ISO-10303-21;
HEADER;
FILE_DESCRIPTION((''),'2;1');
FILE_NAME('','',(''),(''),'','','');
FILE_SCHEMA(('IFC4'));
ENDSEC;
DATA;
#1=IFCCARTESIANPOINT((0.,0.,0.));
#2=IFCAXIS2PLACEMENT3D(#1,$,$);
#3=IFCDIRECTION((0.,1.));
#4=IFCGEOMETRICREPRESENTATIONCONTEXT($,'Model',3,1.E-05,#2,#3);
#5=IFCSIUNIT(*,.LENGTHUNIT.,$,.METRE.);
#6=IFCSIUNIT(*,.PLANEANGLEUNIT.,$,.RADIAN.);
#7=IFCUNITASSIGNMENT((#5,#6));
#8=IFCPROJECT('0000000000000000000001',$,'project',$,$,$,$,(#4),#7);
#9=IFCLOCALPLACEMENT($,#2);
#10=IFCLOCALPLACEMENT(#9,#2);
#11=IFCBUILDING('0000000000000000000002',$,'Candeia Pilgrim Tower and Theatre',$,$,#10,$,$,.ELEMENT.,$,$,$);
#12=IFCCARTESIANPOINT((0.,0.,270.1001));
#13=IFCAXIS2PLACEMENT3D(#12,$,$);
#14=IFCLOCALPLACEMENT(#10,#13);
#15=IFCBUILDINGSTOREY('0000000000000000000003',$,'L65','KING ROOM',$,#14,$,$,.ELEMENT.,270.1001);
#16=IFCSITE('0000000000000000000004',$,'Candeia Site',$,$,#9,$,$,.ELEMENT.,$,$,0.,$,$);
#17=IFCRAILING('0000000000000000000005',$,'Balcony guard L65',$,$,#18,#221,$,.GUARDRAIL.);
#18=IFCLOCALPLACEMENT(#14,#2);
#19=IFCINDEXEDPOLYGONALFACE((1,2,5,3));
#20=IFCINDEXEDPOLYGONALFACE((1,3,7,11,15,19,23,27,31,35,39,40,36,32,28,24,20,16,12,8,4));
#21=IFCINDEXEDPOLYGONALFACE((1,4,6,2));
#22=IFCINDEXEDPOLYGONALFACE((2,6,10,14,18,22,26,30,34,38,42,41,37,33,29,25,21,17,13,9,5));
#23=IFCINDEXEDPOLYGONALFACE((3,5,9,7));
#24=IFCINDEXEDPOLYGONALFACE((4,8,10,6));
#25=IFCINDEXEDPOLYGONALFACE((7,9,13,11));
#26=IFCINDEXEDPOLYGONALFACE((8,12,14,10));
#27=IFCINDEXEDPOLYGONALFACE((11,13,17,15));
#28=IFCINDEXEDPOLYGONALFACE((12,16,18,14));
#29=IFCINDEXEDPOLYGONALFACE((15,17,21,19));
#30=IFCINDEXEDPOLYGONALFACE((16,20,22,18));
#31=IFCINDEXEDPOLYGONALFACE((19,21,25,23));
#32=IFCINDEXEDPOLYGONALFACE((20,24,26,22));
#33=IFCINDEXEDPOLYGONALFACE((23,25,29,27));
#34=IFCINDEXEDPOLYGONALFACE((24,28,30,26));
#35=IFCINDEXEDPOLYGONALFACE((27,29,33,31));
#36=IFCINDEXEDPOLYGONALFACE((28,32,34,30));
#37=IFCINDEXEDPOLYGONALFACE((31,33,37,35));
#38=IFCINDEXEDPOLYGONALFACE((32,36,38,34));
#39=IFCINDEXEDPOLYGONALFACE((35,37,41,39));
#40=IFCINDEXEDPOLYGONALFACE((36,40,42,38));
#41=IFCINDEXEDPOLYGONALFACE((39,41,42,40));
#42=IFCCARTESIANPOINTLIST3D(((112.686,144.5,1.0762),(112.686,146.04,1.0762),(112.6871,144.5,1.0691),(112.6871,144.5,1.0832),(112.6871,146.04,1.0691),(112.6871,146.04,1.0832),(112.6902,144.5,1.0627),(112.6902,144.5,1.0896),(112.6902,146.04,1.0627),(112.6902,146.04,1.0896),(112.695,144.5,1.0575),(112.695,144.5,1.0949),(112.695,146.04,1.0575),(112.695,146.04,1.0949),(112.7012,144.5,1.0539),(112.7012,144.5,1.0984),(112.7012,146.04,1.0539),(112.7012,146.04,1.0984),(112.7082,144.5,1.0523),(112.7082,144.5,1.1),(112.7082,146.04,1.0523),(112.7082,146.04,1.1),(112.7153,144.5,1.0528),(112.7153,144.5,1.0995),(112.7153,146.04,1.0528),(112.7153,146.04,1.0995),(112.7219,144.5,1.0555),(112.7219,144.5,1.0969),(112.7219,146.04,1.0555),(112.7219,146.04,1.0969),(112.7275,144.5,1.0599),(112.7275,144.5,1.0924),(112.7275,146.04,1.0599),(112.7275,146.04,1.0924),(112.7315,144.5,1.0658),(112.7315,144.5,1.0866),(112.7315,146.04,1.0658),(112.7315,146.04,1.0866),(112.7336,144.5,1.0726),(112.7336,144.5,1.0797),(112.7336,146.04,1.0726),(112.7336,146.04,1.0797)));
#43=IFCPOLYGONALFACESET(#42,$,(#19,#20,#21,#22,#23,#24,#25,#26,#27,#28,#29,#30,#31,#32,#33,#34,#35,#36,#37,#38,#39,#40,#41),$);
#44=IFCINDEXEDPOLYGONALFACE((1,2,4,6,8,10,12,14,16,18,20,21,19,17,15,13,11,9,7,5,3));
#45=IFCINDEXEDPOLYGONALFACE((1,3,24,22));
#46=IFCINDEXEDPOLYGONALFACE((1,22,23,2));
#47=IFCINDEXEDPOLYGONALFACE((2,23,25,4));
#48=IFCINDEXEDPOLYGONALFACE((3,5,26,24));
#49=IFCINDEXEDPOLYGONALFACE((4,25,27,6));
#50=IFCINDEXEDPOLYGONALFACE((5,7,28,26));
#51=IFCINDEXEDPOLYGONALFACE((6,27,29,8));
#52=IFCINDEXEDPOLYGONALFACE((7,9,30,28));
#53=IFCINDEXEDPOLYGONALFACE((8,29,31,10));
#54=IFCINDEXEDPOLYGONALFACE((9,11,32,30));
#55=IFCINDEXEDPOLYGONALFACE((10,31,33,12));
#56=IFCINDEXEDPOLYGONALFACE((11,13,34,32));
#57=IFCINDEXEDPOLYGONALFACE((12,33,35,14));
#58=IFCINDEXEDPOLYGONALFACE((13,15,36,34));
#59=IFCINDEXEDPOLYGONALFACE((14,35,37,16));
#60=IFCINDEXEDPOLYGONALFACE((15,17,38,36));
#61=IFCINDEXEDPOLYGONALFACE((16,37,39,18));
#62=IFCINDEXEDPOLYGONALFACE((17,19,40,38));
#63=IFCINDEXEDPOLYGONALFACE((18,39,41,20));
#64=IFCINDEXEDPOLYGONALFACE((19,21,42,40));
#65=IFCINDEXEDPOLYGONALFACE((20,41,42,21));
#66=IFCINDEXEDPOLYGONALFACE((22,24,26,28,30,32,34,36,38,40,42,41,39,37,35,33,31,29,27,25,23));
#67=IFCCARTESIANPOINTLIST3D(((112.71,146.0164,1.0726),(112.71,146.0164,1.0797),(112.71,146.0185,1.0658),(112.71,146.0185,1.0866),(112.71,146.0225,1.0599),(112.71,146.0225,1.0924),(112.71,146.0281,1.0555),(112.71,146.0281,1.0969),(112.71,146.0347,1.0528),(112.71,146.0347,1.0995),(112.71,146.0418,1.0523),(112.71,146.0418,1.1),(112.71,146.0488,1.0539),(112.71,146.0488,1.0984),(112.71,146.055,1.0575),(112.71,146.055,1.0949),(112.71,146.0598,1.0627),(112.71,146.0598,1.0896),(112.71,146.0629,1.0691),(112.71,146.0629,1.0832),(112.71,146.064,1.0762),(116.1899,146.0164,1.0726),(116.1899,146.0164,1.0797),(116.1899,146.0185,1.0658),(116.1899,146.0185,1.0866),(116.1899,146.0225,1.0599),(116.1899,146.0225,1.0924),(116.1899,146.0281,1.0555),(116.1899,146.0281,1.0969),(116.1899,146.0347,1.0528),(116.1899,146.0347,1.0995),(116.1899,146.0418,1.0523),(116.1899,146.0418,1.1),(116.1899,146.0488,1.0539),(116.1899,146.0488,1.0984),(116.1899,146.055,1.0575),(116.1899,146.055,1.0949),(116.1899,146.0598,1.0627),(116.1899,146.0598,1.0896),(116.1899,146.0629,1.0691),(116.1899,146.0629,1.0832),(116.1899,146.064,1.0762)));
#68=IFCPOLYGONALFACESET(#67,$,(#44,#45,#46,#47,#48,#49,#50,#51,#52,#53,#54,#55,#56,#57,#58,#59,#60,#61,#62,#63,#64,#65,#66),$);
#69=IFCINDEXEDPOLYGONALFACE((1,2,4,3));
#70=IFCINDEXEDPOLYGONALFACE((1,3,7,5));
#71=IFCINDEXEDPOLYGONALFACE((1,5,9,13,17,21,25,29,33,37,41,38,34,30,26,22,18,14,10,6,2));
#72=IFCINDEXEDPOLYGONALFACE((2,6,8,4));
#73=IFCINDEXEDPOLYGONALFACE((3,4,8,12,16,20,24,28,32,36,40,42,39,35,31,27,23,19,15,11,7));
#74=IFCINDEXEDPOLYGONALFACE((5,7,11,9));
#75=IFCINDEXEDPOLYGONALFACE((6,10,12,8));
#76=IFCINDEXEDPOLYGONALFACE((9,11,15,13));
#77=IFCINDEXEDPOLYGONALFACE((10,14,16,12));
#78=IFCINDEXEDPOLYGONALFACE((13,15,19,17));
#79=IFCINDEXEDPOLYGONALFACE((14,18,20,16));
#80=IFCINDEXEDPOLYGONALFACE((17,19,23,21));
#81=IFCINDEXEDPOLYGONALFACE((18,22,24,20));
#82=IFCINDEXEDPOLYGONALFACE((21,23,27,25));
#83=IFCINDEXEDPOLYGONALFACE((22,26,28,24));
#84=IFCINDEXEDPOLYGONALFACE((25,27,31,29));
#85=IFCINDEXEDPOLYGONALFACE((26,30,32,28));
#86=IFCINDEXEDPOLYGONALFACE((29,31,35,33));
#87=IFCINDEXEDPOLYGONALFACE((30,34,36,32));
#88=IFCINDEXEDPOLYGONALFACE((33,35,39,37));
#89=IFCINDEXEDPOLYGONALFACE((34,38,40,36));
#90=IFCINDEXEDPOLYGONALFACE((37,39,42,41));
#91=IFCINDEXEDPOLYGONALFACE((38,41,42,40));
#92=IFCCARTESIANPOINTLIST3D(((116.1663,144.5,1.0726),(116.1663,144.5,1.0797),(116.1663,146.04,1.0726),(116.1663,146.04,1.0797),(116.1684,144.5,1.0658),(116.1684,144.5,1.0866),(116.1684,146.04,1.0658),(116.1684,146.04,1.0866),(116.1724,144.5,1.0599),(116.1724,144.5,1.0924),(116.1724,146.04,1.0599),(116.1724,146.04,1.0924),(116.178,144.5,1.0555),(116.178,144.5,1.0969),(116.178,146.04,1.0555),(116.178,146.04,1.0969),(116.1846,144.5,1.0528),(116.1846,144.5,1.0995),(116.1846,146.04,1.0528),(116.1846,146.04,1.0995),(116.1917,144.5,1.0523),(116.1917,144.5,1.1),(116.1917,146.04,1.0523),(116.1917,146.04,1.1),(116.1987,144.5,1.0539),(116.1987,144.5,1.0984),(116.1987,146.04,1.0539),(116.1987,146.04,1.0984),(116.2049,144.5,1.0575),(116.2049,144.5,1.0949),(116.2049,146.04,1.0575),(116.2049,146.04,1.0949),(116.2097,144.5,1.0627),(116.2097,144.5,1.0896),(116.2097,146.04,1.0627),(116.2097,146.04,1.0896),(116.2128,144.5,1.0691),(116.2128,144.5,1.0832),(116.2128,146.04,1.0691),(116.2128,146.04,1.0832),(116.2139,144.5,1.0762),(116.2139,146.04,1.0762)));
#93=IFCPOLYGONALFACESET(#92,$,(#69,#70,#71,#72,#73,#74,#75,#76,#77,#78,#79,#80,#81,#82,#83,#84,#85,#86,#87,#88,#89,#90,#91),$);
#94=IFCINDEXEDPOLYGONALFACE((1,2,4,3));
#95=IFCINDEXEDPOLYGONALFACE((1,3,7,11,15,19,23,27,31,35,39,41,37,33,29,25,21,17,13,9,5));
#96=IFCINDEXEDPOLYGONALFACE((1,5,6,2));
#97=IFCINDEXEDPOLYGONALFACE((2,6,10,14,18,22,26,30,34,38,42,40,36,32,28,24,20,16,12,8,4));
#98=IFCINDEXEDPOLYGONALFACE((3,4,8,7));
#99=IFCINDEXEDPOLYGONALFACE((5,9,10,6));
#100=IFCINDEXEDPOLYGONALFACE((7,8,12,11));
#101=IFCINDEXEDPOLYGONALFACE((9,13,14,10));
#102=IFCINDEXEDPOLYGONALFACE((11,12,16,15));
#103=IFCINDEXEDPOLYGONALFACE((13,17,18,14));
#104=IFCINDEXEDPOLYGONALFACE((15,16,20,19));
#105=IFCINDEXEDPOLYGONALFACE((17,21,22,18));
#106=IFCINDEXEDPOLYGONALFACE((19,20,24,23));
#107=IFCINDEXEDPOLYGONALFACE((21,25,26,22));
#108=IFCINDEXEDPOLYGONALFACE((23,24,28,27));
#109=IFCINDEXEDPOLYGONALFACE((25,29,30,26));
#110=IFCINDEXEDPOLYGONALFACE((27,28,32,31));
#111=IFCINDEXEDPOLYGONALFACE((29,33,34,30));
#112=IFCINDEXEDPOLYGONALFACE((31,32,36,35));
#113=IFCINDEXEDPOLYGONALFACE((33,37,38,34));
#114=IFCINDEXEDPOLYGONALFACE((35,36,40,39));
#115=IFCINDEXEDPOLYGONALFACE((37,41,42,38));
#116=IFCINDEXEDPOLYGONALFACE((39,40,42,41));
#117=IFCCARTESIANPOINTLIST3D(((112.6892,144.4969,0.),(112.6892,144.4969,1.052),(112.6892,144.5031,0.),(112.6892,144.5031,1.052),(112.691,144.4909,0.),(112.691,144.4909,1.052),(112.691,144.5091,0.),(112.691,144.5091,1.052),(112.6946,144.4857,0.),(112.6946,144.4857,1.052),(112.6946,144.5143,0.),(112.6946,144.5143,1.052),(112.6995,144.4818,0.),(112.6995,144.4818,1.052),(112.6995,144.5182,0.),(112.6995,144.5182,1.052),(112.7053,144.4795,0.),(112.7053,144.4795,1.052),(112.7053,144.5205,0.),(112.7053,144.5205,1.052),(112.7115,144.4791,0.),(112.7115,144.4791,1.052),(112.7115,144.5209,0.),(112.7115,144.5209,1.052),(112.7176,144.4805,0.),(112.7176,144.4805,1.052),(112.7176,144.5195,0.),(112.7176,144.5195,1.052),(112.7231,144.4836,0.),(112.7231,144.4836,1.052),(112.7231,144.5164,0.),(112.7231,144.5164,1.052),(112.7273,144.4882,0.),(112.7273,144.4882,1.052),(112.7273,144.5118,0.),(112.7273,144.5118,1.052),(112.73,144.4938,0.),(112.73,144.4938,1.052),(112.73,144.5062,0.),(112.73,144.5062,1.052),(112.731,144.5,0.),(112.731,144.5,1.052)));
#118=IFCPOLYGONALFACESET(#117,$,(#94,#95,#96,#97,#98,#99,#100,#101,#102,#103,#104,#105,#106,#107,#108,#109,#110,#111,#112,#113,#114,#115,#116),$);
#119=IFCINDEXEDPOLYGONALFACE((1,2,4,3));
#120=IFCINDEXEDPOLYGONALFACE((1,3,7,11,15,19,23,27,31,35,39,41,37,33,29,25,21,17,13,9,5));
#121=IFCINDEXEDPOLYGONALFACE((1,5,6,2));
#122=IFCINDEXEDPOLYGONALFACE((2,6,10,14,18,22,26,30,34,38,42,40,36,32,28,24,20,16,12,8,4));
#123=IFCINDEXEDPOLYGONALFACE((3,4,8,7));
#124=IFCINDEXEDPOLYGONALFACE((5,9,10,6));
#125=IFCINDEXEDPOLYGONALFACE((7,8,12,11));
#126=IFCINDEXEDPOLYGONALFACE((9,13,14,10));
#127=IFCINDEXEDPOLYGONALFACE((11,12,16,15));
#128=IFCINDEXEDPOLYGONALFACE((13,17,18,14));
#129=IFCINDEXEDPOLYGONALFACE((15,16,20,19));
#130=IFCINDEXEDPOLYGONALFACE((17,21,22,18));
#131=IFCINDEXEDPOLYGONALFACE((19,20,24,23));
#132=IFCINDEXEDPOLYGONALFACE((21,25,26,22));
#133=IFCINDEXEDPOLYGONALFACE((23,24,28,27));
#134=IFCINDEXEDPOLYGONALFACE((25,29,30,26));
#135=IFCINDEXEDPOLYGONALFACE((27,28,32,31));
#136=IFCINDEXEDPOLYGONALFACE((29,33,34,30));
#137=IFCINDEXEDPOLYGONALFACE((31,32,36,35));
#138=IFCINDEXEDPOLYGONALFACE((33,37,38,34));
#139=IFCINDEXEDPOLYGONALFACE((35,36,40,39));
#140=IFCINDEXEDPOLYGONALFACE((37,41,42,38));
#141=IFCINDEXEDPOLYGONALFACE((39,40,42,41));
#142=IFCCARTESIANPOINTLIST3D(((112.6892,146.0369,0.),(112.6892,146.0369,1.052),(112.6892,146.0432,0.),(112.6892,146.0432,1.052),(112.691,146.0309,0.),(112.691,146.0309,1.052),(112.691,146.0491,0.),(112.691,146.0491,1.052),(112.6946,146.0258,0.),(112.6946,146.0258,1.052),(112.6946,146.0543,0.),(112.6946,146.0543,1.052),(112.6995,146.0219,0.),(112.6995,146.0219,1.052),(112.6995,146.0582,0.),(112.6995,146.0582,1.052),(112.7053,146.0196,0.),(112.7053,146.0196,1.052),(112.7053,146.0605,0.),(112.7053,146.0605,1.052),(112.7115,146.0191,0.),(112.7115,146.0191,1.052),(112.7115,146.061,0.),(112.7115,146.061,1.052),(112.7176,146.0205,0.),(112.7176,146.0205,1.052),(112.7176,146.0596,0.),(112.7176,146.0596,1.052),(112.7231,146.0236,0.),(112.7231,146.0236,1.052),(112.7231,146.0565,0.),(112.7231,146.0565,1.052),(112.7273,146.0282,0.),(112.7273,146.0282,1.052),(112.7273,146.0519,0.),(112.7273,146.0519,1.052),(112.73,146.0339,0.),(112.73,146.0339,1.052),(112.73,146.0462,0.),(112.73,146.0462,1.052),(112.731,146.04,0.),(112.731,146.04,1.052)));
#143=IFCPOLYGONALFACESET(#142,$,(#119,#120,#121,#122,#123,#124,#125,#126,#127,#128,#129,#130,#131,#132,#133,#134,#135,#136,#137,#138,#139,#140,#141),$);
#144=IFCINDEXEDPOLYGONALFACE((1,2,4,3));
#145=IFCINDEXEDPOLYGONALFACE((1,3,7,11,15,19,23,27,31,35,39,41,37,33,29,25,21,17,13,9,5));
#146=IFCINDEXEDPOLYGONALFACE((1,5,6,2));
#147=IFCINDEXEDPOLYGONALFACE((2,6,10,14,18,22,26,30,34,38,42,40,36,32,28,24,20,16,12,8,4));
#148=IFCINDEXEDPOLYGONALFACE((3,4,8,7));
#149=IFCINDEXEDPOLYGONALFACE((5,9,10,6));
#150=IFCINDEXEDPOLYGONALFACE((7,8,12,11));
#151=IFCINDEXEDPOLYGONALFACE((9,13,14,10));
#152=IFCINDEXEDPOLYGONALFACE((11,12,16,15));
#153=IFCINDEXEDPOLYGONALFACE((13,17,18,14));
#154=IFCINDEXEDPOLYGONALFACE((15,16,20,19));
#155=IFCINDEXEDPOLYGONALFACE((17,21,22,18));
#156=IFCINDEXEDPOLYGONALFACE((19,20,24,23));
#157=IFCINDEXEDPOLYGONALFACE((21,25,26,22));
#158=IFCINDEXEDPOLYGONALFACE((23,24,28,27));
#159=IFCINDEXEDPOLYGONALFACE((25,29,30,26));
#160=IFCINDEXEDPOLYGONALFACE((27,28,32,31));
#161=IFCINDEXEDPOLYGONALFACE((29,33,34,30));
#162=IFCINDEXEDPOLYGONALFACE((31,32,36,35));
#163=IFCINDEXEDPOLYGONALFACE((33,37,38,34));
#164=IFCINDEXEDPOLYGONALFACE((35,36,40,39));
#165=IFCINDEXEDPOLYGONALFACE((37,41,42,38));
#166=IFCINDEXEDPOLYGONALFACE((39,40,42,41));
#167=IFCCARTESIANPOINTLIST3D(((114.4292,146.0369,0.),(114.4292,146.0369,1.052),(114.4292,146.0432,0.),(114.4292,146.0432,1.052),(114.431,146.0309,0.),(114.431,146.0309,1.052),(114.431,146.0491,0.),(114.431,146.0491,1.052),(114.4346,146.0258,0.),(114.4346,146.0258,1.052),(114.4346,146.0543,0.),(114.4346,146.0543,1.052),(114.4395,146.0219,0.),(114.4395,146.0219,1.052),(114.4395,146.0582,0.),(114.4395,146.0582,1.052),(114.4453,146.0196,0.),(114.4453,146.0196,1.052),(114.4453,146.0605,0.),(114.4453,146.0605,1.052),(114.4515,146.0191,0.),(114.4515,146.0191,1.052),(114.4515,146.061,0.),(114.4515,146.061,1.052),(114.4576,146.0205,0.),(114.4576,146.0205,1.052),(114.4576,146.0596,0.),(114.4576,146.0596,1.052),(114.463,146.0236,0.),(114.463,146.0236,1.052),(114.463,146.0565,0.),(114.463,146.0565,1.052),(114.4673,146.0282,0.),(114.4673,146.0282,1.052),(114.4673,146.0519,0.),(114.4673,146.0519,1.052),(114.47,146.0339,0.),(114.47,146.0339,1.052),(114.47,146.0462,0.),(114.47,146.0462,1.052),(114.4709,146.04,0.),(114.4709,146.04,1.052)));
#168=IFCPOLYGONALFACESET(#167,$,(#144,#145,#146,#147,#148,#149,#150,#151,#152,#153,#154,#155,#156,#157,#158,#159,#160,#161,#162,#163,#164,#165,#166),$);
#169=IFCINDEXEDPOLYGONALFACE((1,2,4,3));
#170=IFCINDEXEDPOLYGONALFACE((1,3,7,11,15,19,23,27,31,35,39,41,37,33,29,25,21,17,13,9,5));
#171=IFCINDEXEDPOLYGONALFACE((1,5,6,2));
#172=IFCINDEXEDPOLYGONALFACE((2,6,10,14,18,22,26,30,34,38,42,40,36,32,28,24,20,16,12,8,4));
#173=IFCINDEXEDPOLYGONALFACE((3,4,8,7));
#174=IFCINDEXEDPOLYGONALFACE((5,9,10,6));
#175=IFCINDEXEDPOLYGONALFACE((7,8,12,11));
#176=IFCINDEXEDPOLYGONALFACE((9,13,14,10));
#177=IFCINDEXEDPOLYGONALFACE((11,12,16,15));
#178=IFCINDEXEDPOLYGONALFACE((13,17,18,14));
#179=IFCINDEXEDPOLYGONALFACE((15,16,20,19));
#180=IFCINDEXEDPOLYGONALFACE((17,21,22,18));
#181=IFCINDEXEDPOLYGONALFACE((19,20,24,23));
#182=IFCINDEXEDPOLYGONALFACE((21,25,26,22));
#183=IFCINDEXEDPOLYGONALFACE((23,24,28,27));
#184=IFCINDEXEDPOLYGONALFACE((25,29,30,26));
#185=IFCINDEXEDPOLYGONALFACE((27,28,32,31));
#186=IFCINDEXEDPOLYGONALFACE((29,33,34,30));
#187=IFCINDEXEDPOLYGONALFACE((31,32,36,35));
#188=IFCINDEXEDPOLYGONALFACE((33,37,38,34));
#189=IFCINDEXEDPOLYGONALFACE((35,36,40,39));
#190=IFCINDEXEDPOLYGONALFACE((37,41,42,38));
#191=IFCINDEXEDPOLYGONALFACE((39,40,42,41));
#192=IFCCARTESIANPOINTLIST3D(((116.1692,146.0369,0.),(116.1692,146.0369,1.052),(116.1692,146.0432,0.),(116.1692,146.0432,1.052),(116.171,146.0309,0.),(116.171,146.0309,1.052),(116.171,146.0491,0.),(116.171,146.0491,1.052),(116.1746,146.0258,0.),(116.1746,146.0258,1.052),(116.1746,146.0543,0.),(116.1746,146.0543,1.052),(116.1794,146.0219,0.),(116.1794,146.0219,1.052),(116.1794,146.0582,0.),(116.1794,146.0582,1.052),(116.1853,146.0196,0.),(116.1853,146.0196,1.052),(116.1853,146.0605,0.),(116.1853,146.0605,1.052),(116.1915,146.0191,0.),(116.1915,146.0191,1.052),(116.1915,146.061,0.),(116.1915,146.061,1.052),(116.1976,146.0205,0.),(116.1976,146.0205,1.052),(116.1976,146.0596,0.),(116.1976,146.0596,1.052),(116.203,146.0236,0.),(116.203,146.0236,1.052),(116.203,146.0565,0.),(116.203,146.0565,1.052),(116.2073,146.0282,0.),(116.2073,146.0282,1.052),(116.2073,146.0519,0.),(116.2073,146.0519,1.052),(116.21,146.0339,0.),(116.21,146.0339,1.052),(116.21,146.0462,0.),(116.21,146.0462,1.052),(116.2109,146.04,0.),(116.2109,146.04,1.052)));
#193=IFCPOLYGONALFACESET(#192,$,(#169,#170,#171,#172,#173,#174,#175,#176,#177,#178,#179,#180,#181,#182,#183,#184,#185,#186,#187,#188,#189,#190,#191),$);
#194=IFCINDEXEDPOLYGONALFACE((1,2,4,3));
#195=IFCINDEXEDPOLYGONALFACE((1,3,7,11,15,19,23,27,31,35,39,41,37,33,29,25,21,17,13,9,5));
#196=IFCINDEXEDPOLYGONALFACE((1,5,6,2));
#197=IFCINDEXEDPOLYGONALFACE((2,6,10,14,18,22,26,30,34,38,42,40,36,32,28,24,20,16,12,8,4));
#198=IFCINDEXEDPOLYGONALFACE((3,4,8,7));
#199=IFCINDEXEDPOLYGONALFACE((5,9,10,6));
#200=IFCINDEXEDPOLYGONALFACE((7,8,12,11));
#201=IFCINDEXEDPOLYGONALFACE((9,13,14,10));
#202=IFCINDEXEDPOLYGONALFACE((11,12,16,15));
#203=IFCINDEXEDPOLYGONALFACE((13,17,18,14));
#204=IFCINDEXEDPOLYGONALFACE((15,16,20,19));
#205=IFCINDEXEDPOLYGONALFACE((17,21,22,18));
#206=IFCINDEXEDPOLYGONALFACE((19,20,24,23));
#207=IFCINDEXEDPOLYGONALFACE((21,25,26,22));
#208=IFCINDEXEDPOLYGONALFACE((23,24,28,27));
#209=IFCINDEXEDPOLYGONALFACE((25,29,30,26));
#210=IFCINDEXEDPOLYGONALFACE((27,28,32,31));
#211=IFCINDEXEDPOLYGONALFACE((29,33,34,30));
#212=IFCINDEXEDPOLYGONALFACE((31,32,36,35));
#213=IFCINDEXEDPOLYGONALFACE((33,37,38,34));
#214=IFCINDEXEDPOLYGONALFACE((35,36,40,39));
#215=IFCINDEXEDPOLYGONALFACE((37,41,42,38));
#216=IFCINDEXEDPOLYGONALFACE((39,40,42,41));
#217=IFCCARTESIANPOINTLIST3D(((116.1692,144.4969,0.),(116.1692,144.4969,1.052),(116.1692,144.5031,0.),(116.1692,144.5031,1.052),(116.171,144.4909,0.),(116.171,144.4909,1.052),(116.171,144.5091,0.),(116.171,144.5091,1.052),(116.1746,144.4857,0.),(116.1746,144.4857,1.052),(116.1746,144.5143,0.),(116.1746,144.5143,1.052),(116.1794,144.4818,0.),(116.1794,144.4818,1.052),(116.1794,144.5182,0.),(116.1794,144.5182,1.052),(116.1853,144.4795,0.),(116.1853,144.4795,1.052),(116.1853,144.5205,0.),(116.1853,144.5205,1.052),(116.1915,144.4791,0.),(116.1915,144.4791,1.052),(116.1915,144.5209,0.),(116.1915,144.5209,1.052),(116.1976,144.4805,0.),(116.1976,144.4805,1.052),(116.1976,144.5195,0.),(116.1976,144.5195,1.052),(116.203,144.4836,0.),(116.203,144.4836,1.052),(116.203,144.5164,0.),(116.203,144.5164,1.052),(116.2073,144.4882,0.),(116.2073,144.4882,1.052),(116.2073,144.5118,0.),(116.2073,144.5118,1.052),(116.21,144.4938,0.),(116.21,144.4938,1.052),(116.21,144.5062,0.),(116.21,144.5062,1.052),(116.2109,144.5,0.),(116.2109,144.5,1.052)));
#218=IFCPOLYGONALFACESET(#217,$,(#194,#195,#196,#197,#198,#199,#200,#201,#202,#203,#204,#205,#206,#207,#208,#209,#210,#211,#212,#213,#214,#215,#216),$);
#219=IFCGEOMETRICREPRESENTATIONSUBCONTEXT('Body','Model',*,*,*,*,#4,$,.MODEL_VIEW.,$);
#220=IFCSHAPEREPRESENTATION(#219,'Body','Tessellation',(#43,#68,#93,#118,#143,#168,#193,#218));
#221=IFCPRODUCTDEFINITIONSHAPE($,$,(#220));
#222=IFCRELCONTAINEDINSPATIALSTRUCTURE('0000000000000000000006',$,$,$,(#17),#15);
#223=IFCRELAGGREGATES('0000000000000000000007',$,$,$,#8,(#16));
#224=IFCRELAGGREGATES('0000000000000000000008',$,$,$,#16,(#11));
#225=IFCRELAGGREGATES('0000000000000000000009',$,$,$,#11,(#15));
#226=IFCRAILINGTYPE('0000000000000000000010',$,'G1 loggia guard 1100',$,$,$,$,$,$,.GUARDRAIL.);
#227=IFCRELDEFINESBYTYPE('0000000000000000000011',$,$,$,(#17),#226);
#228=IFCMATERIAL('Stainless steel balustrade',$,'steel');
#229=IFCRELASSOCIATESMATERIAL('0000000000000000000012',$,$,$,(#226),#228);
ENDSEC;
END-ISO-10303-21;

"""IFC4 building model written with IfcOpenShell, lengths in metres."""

from ifc_helpers import new_model, si_unit, direction, frame, origin, origin_2d, place, context, subcontext, project, spatial, circle, extrude, material, type_object, element, save


model = new_model("IFC4")

# Units and contexts
model_context = context("Model", 3, precision=1e-05, world=origin(), true_north=direction((0.0, 1.0)))
body_context = subcontext(model_context, "Body", "Model", "MODEL_VIEW")
ifc_project = project(units=[si_unit("LENGTHUNIT", "METRE"), si_unit("PLANEANGLEUNIT", "RADIAN")], contexts=[model_context])

# Site, building, storey
site_placement = place(None, origin())
site = spatial("IfcSite", under=ifc_project, at=site_placement, Name="Candeia Site", CompositionType="ELEMENT", RefElevation=0.0)
building_placement = place(site_placement, origin())
building = spatial("IfcBuilding", under=site, at=building_placement, Name="Candeia Pilgrim Tower and Theatre", CompositionType="ELEMENT")
storey_placement = place(building_placement, frame((0.0, 0.0, 270.1001)))
storey = spatial("IfcBuildingStorey", under=building, at=storey_placement, Name="L65", Description="KING ROOM", CompositionType="ELEMENT", Elevation=270.1001)

# Railing
ifc_material_1 = material(Name="Stainless steel balustrade", Category="steel")
railing_type = type_object("IfcRailingType", Name="G1 loggia guard 1100", PredefinedType="GUARDRAIL", material=ifc_material_1)
railing_1_placement = place(storey_placement, frame((112.71, 144.5, 0.0)))
element("IfcRailing", 1, at=railing_1_placement, inside=storey, type_object=railing_type, Name="Balcony guard L65", PredefinedType="GUARDRAIL", context=body_context, shape_type="SweptSolid", body=[
    extrude(circle(Radius=0.0239, at=origin_2d()), frame((0.0, 0.0, 1.0762), z_axis=(0.0, 1.0, 0.0), x_axis=(-1.0, 0.0, 0.0)), (0.0, 0.0, 1.0), 1.54),
    extrude(circle(Radius=0.0239, at=origin_2d()), frame((0.0, 1.54, 1.0762), z_axis=(1.0, 0.0, 0.0), x_axis=(0.0, 1.0, 0.0)), (0.0, 0.0, 1.0), 3.48),
    extrude(circle(Radius=0.0239, at=origin_2d()), frame((3.48, 1.54, 1.0762), z_axis=(0.0, -1.0, 0.0), x_axis=(1.0, 0.0, 0.0)), (0.0, 0.0, 1.0), 1.54),
    extrude(circle(Radius=0.021, at=origin_2d()), origin(), (0.0, 0.0, 1.0), 1.052),
    extrude(circle(Radius=0.021, at=origin_2d()), frame((0.0, 1.54, 0.0)), (0.0, 0.0, 1.0), 1.052),
    extrude(circle(Radius=0.021, at=origin_2d()), frame((1.74, 1.54, 0.0)), (0.0, 0.0, 1.0), 1.052),
    extrude(circle(Radius=0.021, at=origin_2d()), frame((3.48, 1.54, 0.0)), (0.0, 0.0, 1.0), 1.052),
    extrude(circle(Radius=0.021, at=origin_2d()), frame((3.48, 0.0, 0.0)), (0.0, 0.0, 1.0), 1.052),
])

save(model, "model.ifc")
